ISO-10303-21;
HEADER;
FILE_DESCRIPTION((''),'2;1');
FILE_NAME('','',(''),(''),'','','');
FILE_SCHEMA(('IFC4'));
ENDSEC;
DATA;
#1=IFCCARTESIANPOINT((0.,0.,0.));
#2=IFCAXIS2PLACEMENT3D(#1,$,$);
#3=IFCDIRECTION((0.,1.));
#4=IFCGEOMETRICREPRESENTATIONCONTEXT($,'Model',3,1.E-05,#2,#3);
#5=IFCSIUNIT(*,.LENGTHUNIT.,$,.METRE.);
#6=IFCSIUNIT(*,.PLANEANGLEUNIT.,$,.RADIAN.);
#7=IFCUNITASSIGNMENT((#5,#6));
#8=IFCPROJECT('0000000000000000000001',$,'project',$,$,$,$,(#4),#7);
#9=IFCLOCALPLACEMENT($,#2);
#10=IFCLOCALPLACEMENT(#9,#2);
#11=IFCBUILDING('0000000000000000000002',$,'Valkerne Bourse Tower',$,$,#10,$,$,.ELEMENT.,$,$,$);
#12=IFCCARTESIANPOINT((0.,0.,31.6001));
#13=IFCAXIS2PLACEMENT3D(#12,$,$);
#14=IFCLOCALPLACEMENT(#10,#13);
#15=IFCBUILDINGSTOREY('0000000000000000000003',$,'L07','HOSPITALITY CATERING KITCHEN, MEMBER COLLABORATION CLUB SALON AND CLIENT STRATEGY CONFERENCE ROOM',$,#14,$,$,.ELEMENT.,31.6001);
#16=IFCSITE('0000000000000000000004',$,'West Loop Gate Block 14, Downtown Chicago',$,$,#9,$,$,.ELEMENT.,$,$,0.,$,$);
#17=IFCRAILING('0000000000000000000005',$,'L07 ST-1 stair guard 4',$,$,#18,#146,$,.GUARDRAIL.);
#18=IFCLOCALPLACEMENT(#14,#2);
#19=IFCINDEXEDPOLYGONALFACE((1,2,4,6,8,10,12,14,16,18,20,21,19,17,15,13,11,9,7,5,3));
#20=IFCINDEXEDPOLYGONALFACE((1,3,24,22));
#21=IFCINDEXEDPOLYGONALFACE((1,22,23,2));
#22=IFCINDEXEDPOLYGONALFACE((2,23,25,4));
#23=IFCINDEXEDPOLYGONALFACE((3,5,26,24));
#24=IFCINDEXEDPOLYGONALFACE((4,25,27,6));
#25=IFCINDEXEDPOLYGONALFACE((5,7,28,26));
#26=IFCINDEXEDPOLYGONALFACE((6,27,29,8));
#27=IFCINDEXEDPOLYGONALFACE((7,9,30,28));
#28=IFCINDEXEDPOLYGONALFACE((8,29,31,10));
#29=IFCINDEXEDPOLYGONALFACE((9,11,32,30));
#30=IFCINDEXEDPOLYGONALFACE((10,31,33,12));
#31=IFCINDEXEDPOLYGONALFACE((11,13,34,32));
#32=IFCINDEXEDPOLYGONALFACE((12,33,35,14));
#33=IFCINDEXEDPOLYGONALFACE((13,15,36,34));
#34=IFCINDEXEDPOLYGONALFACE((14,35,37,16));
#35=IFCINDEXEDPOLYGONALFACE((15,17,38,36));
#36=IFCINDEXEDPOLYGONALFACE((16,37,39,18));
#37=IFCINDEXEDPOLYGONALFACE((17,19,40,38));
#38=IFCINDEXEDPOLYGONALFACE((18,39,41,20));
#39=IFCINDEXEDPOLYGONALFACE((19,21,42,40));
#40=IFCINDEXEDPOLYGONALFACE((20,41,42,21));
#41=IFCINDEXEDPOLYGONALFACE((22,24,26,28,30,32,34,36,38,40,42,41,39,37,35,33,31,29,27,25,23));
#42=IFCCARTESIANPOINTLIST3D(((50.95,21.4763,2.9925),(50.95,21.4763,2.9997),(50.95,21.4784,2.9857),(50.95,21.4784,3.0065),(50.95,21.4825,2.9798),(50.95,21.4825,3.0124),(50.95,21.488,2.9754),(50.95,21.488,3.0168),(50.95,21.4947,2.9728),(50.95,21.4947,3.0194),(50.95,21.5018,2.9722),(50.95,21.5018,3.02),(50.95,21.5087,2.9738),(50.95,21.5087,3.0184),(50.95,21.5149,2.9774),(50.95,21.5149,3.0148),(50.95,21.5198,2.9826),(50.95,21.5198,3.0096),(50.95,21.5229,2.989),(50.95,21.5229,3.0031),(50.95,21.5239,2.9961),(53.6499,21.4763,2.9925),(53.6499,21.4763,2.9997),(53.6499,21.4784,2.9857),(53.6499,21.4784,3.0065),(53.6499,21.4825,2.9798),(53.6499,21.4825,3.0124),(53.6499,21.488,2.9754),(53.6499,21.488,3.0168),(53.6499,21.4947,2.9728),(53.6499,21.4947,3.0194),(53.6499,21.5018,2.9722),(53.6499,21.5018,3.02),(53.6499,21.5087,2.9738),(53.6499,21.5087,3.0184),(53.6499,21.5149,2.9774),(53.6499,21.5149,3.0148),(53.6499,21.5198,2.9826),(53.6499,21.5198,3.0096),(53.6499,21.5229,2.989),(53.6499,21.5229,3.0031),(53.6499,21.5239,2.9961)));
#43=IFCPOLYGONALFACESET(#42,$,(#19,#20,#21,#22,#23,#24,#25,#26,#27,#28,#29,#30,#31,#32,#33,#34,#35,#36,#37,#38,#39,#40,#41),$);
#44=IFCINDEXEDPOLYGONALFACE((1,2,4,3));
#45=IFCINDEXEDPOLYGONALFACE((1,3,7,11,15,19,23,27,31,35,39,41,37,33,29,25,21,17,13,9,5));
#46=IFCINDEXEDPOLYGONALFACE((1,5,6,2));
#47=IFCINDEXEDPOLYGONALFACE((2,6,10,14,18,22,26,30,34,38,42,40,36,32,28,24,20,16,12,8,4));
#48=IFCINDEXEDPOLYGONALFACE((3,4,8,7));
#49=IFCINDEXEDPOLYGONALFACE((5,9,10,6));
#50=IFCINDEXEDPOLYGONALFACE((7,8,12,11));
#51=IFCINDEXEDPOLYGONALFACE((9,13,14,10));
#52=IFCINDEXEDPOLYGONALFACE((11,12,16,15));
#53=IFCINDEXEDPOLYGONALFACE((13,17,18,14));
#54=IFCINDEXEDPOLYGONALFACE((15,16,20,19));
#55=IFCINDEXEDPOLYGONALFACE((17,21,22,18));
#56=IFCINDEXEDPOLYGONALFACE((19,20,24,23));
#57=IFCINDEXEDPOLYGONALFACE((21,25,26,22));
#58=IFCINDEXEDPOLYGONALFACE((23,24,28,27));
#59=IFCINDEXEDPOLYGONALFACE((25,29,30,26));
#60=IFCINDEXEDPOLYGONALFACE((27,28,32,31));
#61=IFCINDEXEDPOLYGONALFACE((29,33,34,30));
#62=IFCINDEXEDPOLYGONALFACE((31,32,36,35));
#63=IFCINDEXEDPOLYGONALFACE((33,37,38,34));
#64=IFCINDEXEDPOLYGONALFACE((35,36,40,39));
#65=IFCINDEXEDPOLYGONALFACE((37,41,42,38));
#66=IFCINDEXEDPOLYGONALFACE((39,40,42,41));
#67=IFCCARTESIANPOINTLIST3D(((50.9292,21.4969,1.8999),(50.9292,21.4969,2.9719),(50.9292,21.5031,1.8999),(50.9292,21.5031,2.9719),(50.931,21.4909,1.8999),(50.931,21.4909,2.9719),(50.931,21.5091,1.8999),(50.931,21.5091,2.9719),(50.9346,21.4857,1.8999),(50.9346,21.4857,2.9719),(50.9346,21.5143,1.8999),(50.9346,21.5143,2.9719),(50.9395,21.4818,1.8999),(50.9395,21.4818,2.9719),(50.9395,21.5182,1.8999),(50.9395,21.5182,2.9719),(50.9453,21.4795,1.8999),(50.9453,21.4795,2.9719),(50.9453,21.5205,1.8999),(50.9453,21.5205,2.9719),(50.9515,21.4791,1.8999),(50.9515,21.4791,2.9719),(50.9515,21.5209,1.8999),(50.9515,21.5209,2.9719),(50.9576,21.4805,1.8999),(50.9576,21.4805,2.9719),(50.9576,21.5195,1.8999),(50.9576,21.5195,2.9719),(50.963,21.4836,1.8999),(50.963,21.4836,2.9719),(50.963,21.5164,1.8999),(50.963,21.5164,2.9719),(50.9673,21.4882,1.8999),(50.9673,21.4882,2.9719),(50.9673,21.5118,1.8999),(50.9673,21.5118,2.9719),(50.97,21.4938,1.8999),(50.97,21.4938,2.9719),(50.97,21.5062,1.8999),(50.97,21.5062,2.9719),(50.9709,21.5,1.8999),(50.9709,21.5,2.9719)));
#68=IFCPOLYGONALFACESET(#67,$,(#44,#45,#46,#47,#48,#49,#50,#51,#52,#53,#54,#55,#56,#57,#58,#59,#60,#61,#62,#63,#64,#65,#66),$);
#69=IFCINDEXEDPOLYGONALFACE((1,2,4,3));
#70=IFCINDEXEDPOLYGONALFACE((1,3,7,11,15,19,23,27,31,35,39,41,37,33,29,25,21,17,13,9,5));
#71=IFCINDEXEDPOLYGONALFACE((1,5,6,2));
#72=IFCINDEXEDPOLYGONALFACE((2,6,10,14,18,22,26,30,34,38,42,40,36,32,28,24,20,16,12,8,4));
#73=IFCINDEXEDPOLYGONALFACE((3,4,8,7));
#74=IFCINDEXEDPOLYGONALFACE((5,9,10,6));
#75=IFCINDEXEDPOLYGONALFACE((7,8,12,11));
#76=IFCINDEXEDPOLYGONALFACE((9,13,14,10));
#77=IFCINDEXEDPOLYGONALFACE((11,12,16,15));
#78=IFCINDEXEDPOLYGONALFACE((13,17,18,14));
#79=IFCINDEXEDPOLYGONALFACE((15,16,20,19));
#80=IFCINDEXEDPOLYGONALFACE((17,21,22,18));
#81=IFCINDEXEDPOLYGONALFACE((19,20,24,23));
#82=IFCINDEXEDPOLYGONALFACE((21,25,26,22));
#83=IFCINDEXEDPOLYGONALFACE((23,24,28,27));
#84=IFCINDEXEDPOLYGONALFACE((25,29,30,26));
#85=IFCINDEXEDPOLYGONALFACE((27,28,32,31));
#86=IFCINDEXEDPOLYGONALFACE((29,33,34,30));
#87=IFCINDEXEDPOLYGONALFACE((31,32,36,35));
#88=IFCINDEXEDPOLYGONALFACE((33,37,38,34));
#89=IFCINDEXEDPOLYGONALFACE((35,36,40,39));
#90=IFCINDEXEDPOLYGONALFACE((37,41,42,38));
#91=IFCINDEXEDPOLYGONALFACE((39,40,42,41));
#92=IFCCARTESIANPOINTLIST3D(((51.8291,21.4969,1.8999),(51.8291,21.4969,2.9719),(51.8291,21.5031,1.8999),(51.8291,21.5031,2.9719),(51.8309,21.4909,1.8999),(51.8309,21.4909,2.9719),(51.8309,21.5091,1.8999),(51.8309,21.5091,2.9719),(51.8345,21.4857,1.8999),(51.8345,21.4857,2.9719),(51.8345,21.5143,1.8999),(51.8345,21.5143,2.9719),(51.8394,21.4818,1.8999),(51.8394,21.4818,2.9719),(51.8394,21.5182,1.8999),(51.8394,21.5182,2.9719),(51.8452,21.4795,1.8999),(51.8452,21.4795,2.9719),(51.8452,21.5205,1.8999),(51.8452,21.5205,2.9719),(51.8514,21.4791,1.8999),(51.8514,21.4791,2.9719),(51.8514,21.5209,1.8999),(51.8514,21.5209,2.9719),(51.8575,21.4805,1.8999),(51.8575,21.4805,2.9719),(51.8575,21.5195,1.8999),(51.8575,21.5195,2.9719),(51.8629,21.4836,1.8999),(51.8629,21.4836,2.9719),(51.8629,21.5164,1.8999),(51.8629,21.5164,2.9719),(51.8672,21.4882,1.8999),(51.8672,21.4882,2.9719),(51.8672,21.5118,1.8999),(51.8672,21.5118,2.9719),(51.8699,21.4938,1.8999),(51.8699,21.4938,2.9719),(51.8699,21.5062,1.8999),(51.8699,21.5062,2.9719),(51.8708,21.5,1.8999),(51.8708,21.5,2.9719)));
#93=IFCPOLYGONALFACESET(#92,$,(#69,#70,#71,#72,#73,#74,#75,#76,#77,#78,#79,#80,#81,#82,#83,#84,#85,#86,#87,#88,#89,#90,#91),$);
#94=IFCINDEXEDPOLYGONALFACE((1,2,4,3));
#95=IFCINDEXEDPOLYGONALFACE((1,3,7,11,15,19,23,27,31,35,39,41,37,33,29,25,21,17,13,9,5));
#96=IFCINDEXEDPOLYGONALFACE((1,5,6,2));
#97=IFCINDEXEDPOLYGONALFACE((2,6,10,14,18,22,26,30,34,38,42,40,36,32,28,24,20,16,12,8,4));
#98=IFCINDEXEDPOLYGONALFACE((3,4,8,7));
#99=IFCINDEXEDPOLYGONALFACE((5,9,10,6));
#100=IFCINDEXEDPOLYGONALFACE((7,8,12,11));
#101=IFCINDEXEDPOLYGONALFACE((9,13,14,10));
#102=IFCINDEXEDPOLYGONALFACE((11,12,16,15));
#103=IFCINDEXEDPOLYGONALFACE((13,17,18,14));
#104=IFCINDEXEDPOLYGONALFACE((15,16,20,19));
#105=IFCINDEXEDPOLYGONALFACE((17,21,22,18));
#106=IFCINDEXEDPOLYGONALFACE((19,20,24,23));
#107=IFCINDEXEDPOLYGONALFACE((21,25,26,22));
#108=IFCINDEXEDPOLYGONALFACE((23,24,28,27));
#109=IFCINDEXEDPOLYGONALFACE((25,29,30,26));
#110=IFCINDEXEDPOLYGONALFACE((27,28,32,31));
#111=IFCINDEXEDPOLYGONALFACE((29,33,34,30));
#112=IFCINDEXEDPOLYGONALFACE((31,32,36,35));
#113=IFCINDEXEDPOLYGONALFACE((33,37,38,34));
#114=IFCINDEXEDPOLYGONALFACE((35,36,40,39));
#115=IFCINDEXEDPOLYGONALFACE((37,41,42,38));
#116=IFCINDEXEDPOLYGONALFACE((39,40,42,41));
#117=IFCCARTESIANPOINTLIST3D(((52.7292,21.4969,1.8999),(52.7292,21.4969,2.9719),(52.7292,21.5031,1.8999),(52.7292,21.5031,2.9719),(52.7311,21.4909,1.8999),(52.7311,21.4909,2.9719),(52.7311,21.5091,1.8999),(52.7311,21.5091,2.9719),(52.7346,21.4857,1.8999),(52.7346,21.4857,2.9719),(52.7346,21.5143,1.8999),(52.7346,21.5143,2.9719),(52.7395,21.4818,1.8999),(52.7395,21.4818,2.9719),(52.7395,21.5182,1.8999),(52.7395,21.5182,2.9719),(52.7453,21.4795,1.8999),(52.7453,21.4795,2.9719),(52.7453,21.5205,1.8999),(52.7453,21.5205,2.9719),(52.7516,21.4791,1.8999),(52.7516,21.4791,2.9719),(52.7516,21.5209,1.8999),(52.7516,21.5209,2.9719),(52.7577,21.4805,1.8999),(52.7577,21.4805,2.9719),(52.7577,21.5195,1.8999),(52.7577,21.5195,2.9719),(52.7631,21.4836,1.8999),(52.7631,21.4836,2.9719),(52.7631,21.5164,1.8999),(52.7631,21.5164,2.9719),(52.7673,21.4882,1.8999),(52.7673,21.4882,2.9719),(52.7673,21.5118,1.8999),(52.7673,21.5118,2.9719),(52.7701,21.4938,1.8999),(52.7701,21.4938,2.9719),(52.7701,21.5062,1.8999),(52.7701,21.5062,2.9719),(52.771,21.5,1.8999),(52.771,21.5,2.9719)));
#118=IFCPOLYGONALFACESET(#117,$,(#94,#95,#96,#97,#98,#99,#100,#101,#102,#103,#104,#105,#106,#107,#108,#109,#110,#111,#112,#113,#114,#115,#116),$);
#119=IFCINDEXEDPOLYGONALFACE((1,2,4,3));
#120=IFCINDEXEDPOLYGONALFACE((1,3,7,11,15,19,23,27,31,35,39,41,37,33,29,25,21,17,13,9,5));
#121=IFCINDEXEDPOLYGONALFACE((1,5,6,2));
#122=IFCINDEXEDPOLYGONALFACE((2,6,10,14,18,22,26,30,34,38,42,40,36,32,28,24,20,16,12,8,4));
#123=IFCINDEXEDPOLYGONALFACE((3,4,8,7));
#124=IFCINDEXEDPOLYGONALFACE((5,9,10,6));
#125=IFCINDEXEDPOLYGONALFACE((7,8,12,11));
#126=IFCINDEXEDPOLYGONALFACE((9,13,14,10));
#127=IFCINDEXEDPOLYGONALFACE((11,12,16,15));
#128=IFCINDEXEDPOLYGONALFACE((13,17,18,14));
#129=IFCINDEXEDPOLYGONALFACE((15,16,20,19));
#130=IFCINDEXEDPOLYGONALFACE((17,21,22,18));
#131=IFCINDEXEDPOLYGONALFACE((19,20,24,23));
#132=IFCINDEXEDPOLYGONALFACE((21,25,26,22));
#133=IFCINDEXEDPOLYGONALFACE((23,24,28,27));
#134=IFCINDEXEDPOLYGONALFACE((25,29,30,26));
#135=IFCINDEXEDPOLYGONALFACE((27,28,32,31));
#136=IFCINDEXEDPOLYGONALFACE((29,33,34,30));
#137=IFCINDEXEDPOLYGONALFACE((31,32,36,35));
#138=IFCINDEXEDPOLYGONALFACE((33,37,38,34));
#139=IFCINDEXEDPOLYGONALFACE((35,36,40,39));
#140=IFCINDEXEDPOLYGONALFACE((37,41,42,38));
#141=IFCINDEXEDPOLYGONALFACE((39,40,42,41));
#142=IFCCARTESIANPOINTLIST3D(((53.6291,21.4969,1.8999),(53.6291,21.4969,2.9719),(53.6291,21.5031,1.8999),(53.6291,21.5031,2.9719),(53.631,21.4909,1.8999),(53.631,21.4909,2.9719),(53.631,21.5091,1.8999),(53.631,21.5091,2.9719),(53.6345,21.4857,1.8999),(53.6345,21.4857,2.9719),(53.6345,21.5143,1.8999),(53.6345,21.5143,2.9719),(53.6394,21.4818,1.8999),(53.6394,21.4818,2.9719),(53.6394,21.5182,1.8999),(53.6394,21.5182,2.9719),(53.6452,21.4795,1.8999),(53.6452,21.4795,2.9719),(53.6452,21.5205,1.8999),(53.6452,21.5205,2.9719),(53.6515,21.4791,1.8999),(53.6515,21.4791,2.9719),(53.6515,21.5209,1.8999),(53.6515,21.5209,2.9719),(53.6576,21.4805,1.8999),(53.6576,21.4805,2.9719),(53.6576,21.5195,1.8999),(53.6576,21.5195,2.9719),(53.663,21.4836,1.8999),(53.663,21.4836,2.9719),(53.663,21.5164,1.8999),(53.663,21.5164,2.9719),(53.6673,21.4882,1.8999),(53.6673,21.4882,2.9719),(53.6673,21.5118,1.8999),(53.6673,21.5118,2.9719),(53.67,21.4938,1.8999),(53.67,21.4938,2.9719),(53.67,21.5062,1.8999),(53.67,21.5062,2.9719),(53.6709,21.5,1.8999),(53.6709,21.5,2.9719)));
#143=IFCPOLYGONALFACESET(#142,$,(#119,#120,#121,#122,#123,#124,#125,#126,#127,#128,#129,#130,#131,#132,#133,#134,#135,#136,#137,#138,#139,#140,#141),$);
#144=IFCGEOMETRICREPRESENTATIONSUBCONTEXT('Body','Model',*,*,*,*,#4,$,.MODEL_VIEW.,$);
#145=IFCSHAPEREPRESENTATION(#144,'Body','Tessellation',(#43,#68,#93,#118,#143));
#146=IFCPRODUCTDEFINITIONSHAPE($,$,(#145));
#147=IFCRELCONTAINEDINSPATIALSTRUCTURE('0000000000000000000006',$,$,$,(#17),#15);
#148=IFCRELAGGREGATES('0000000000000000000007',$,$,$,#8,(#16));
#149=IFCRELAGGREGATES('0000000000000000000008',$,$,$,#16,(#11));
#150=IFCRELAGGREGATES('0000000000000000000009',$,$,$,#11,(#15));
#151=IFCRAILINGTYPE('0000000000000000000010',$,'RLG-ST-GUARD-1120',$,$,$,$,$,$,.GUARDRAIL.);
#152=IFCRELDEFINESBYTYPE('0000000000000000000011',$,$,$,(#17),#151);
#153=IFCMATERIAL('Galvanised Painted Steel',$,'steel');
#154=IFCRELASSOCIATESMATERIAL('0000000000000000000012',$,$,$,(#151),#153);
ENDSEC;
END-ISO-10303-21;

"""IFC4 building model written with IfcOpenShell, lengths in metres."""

from ifc_helpers import new_model, si_unit, direction, frame, origin, origin_2d, place, context, subcontext, project, spatial, circle, extrude, material, type_object, element, save


model = new_model("IFC4")

# Units and contexts
model_context = context("Model", 3, precision=1e-05, world=origin(), true_north=direction((0.0, 1.0)))
body_context = subcontext(model_context, "Body", "Model", "MODEL_VIEW")
ifc_project = project(units=[si_unit("LENGTHUNIT", "METRE"), si_unit("PLANEANGLEUNIT", "RADIAN")], contexts=[model_context])

# Site, building, storey
site_placement = place(None, origin())
site = spatial("IfcSite", under=ifc_project, at=site_placement, Name="West Loop Gate Block 14, Downtown Chicago", CompositionType="ELEMENT", RefElevation=0.0)
building_placement = place(site_placement, origin())
building = spatial("IfcBuilding", under=site, at=building_placement, Name="Valkerne Bourse Tower", CompositionType="ELEMENT")
storey_placement = place(building_placement, frame((0.0, 0.0, 31.6001)))
storey = spatial("IfcBuildingStorey", under=building, at=storey_placement, Name="L07", Description="HOSPITALITY CATERING KITCHEN, MEMBER COLLABORATION CLUB SALON AND CLIENT STRATEGY CONFERENCE ROOM", CompositionType="ELEMENT", Elevation=31.6001)

# Shared definitions
ifc_material_1 = material(Name="Galvanised Painted Steel", Category="steel")

# Railing
railing_type_1 = type_object("IfcRailingType", Name="RLG-ST-GUARD-1120", PredefinedType="GUARDRAIL", material=ifc_material_1)
for number, where, name in (
    (1, (50.95, 21.5, 1.8999), "L07 ST-1 stair guard 4"),
):
    element("IfcRailing", number, at=place(storey_placement, frame(where)), inside=storey, type_object=railing_type_1, Name=name, PredefinedType="GUARDRAIL", context=body_context, shape_type="SweptSolid", body=[
        extrude(circle(Radius=0.0239, at=origin_2d()), frame((0.0, 0.0, 1.0962), z_axis=(1.0, 0.0, 0.0), x_axis=(0.0, 1.0, 0.0)), (0.0, 0.0, 1.0), 2.7),
        extrude(circle(Radius=0.021, at=origin_2d()), origin(), (0.0, 0.0, 1.0), 1.072),
        extrude(circle(Radius=0.021, at=origin_2d()), frame((0.8999, 0.0, 0.0)), (0.0, 0.0, 1.0), 1.072),
        extrude(circle(Radius=0.021, at=origin_2d()), frame((1.8, 0.0, 0.0)), (0.0, 0.0, 1.0), 1.072),
        extrude(circle(Radius=0.021, at=origin_2d()), frame((2.7, 0.0, 0.0)), (0.0, 0.0, 1.0), 1.072),
    ])

save(model, "model.ifc")
